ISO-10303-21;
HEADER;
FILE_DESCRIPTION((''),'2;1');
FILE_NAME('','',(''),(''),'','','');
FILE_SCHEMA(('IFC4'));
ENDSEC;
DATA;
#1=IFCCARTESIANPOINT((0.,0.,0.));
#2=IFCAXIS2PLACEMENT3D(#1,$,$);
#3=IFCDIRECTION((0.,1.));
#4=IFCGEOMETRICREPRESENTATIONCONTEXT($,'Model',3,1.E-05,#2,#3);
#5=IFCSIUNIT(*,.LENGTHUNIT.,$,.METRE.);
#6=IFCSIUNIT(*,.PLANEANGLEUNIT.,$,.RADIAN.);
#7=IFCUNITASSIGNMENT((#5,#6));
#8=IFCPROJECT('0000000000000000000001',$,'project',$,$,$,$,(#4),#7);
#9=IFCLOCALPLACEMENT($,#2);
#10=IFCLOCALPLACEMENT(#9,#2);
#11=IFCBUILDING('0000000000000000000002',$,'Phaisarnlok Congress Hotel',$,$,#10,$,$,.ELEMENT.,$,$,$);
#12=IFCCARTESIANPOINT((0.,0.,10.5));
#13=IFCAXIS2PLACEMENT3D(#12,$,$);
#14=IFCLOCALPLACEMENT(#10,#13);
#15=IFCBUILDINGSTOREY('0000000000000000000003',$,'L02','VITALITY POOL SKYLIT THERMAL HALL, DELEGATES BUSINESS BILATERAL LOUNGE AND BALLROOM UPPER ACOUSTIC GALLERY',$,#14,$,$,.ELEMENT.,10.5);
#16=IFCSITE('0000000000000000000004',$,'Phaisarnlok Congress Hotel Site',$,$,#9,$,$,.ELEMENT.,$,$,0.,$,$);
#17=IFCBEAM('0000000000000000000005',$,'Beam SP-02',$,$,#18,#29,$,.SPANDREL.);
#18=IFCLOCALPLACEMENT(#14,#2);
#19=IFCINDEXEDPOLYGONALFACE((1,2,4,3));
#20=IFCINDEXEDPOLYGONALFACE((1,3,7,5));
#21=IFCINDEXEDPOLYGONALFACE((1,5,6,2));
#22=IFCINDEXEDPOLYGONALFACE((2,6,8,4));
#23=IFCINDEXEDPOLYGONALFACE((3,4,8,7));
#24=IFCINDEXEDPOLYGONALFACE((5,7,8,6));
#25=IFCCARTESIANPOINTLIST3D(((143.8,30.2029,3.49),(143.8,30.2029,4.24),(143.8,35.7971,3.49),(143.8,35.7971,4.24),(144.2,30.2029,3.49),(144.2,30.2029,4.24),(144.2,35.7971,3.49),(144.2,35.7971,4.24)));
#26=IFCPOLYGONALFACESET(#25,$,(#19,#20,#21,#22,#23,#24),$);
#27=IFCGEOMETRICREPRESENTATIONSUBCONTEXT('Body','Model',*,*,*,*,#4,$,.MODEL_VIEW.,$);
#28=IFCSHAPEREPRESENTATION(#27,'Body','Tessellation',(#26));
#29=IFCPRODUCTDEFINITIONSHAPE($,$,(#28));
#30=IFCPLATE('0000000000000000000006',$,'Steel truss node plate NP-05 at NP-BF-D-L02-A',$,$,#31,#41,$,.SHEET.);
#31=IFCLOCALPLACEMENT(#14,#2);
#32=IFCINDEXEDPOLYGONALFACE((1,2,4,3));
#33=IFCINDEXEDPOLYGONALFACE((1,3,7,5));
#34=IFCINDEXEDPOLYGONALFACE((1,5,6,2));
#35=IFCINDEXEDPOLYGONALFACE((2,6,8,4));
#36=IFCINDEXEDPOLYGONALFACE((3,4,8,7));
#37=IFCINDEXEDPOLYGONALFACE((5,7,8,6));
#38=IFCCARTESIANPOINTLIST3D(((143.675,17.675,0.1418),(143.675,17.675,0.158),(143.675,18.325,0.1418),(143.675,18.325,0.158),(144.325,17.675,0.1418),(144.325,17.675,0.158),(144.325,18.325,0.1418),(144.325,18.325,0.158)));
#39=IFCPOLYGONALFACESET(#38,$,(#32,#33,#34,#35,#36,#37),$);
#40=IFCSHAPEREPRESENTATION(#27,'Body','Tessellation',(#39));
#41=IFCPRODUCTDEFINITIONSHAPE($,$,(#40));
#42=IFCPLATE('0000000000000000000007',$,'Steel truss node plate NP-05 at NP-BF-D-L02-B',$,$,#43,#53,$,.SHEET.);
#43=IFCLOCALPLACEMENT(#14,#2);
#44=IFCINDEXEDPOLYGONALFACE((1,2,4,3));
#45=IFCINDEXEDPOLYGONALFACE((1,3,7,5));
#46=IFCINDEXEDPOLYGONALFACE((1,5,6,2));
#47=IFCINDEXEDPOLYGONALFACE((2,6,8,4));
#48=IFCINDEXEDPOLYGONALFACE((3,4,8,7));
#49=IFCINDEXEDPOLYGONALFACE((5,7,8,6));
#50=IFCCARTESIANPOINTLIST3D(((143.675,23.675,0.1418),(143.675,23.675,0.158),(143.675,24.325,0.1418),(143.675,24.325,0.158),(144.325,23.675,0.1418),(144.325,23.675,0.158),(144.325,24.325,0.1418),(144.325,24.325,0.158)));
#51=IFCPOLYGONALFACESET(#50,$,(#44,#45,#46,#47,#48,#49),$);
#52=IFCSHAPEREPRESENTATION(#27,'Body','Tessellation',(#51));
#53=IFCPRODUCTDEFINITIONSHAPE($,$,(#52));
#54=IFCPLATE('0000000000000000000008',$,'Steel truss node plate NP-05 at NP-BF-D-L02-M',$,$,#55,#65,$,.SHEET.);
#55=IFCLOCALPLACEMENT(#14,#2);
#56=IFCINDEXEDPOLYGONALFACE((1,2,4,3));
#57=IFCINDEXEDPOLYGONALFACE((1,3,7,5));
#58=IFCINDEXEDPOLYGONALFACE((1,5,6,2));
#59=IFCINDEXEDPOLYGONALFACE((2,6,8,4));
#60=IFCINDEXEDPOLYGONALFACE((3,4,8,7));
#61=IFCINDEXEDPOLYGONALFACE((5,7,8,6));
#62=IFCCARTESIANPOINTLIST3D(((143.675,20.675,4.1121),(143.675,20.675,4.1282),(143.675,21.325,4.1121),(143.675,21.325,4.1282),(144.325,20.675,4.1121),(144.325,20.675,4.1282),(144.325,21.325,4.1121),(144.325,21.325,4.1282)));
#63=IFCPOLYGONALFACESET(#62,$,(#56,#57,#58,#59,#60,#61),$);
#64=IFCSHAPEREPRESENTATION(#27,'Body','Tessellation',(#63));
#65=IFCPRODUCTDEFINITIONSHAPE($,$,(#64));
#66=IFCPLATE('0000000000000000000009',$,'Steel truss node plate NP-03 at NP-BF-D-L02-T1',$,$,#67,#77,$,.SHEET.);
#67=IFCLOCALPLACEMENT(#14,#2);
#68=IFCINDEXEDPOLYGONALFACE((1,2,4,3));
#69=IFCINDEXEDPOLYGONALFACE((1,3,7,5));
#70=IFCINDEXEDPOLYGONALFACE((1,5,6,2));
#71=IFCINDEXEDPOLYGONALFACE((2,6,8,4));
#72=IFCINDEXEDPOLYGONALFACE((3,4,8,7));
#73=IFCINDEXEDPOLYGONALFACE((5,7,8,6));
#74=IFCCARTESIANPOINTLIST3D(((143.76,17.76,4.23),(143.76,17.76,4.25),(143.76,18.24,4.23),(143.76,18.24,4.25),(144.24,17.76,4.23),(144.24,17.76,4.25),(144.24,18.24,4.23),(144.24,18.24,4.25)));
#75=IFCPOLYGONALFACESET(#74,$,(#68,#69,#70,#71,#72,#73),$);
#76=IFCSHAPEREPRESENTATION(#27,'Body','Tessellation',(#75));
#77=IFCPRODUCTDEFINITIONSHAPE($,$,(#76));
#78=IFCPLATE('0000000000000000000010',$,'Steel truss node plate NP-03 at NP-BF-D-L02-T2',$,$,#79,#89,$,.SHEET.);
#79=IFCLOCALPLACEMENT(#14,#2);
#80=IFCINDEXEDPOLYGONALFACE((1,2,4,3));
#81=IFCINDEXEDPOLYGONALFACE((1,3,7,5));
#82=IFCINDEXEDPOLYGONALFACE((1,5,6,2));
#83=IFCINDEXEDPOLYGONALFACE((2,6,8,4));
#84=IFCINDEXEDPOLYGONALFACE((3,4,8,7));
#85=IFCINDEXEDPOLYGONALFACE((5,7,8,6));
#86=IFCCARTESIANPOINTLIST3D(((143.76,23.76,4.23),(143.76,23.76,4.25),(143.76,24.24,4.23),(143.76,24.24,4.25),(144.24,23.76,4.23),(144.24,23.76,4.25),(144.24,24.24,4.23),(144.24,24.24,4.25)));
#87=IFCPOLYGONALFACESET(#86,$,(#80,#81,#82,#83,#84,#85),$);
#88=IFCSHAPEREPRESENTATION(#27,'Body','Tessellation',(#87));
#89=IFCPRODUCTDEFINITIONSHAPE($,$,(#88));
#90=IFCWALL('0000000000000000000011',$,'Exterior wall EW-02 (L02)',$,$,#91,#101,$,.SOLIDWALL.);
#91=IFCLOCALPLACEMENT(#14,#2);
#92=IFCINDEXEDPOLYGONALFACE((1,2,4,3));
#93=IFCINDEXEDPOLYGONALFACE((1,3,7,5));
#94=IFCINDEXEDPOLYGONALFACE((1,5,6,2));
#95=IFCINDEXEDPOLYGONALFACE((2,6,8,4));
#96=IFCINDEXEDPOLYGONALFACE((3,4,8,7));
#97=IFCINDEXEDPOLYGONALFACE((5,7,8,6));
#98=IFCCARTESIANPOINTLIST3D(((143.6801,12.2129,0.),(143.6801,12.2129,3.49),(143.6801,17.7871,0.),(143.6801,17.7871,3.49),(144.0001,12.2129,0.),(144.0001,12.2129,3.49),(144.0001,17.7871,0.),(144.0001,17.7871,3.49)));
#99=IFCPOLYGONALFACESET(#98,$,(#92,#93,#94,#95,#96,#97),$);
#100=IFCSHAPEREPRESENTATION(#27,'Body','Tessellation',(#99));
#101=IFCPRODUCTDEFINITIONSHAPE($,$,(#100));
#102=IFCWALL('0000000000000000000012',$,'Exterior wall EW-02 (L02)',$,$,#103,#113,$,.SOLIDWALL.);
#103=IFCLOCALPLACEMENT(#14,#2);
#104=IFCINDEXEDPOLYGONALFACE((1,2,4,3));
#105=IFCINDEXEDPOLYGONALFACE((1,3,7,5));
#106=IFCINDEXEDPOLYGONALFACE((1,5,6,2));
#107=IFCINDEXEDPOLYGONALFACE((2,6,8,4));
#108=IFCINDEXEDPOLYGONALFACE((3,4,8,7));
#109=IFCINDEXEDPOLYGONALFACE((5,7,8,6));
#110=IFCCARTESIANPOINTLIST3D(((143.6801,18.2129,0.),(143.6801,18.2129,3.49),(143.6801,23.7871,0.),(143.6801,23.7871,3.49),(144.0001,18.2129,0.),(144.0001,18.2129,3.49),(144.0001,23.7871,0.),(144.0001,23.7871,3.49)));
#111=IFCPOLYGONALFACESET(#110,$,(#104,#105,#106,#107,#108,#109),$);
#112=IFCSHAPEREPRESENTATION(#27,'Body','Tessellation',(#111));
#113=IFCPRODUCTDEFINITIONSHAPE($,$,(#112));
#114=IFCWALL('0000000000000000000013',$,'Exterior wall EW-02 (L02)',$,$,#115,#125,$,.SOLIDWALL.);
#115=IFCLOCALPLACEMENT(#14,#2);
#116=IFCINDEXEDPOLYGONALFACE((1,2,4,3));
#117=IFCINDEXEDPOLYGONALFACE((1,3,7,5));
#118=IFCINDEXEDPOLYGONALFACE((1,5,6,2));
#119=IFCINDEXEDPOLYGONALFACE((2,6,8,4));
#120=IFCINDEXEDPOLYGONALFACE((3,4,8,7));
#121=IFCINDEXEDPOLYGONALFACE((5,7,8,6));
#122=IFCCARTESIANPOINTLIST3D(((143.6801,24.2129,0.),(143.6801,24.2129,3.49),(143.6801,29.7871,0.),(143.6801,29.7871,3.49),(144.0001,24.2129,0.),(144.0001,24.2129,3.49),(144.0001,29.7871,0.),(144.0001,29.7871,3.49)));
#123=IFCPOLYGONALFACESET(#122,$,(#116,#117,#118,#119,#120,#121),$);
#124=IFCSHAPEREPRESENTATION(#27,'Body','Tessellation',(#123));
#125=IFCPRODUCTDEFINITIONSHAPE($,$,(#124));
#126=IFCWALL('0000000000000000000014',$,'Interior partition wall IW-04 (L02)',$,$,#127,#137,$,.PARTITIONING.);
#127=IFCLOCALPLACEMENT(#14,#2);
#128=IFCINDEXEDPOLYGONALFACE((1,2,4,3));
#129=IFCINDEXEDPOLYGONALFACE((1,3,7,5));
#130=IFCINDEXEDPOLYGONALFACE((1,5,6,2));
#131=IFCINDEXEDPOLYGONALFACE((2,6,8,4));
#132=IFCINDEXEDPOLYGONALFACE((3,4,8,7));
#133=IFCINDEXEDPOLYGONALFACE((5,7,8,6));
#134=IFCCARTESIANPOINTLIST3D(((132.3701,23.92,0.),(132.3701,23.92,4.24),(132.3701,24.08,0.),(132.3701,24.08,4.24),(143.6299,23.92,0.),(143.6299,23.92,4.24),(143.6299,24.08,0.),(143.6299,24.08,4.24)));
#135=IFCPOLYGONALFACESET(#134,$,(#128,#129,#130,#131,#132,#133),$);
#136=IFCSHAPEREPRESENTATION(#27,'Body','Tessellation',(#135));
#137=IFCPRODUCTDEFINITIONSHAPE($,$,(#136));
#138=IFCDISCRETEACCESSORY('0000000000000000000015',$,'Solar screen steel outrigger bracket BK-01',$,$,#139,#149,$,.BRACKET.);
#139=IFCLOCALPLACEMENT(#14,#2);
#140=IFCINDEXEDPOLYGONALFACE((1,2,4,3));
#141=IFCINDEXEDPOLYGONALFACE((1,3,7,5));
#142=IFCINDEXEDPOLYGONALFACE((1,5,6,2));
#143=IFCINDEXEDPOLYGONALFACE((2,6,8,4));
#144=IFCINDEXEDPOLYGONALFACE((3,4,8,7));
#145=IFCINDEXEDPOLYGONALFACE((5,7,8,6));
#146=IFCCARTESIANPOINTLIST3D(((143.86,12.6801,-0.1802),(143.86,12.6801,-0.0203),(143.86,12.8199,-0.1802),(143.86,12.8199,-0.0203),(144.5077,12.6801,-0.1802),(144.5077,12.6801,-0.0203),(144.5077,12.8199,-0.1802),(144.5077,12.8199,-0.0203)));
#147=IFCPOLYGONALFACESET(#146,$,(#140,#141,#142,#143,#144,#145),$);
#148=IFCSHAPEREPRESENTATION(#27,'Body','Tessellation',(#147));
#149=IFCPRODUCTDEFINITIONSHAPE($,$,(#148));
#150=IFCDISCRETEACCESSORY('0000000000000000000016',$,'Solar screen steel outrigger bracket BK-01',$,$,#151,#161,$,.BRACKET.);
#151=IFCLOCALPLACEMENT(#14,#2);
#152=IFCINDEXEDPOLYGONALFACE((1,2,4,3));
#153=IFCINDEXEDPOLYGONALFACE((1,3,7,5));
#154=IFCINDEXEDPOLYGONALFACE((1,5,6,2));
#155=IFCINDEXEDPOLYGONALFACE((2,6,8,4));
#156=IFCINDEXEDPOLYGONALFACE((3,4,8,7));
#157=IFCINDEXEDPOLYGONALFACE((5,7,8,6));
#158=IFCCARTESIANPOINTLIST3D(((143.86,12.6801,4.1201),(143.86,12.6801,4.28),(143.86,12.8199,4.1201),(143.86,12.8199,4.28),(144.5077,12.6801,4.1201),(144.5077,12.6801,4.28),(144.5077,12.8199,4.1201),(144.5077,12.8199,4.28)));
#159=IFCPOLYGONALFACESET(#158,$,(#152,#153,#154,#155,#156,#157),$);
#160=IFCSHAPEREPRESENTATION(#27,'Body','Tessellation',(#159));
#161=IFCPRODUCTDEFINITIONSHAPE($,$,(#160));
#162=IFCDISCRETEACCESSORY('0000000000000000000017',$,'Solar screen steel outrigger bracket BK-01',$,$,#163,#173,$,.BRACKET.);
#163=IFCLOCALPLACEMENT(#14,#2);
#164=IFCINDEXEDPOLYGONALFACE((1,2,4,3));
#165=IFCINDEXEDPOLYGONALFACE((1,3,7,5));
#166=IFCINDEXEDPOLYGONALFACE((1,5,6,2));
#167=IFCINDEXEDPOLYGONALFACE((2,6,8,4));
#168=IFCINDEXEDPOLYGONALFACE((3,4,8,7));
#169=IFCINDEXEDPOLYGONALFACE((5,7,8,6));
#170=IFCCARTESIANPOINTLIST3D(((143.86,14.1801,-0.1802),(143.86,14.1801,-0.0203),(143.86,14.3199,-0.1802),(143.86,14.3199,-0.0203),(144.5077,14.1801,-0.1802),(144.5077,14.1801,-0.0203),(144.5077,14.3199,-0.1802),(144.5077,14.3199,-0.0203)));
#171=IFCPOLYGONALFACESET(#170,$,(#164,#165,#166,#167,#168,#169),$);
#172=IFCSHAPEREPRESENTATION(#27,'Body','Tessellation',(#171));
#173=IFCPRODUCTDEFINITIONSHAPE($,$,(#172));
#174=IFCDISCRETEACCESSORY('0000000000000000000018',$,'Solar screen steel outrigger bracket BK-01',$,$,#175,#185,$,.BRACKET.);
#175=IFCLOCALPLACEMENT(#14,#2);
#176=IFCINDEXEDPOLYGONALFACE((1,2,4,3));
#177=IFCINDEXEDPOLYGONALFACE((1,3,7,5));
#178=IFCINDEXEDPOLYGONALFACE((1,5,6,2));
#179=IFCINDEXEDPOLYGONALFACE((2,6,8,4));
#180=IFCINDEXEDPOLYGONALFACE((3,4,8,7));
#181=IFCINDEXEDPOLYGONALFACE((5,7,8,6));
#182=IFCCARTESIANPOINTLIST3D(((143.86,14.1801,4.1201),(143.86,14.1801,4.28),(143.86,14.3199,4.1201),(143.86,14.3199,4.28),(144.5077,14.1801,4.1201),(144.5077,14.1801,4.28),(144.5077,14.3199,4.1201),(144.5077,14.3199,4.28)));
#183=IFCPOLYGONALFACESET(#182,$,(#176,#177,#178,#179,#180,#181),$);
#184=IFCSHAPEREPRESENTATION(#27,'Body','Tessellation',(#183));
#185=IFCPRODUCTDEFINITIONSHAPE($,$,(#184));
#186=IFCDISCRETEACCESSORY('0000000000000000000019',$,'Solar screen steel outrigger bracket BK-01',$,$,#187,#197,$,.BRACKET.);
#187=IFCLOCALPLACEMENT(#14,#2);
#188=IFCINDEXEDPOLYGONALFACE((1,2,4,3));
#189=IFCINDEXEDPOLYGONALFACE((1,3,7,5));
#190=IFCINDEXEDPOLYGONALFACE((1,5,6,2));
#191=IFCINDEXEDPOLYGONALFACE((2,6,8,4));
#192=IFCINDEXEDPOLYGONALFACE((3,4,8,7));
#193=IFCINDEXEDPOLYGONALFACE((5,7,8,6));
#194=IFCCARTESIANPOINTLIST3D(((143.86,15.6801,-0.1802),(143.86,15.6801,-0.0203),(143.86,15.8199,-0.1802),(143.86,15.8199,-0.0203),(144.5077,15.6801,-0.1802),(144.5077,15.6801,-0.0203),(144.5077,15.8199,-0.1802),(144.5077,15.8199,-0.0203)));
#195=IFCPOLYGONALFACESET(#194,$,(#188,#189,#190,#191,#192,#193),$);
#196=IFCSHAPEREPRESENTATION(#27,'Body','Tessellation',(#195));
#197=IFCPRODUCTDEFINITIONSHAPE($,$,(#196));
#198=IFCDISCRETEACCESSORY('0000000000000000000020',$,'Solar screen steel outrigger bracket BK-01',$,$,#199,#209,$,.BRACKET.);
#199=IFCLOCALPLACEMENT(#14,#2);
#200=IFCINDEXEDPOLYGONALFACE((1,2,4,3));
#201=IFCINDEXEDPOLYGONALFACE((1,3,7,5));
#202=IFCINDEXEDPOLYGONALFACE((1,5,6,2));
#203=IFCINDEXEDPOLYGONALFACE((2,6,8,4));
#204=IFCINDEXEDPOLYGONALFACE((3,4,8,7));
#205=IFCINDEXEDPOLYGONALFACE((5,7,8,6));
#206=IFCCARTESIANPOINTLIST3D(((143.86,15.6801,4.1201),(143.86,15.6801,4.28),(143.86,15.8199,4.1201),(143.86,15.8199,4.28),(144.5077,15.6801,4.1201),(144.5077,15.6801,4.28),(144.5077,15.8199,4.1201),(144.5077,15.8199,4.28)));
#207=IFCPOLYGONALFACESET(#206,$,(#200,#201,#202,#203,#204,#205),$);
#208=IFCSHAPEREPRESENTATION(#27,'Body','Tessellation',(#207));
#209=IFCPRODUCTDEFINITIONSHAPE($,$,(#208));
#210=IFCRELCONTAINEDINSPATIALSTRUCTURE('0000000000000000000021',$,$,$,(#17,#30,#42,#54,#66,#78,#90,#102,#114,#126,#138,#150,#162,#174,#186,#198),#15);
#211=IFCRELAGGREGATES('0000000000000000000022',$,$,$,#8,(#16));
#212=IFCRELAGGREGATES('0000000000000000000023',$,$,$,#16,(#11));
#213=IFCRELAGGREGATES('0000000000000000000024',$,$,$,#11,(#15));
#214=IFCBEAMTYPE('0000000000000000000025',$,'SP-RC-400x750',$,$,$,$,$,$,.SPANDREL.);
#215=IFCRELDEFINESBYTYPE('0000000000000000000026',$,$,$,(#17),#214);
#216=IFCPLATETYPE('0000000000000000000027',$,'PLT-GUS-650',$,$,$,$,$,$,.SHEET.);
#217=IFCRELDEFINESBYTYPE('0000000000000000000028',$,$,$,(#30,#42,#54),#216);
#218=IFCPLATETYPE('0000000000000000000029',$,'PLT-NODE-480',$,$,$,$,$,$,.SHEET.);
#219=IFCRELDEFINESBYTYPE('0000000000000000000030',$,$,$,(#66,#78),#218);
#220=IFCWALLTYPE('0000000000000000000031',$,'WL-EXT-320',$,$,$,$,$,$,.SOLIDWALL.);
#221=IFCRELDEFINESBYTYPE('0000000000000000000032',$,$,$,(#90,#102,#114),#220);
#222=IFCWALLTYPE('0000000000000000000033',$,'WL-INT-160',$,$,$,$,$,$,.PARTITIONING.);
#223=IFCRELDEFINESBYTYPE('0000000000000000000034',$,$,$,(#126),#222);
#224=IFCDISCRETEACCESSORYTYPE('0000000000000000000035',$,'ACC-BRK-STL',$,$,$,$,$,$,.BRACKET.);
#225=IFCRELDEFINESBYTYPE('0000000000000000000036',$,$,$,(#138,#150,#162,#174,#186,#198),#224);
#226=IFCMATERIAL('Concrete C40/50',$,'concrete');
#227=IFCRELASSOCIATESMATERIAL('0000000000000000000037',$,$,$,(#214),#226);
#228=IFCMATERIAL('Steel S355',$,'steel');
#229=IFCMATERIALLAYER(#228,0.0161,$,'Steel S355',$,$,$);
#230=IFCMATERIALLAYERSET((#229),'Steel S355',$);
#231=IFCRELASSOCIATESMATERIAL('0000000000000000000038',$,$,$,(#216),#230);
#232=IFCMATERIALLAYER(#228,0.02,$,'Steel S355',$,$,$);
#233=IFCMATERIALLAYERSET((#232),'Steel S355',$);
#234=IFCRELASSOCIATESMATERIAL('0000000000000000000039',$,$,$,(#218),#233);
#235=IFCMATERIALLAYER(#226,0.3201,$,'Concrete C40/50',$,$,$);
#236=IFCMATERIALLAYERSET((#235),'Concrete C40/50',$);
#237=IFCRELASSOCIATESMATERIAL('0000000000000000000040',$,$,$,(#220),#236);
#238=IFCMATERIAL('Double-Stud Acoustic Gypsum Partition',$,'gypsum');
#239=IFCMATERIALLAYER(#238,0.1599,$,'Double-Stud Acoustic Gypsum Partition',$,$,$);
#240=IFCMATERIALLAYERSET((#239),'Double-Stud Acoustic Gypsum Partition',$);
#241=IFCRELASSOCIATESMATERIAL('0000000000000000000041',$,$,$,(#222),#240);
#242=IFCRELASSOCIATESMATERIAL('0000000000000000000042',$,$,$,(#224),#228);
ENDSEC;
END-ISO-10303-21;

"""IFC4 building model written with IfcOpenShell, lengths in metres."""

from ifc_helpers import new_model, si_unit, direction, frame, frame_2d, origin, origin_2d, place, context, subcontext, project, spatial, rectangle, extrude, material, layer, layer_set, material_profile, profile_set, type_object, element, save


model = new_model("IFC4")

# Units and contexts
model_context = context("Model", 3, precision=1e-05, world=origin(), true_north=direction((0.0, 1.0)))
body_context = subcontext(model_context, "Body", "Model", "MODEL_VIEW")
ifc_project = project(units=[si_unit("LENGTHUNIT", "METRE"), si_unit("PLANEANGLEUNIT", "RADIAN")], contexts=[model_context])

# Site, building, storey
site_placement = place(None, origin())
site = spatial("IfcSite", under=ifc_project, at=site_placement, Name="Phaisarnlok Congress Hotel Site", CompositionType="ELEMENT", RefElevation=0.0)
building_placement = place(site_placement, origin())
building = spatial("IfcBuilding", under=site, at=building_placement, Name="Phaisarnlok Congress Hotel", CompositionType="ELEMENT")
storey_placement = place(building_placement, frame((0.0, 0.0, 10.5)))
storey = spatial("IfcBuildingStorey", under=building, at=storey_placement, Name="L02", Description="VITALITY POOL SKYLIT THERMAL HALL, DELEGATES BUSINESS BILATERAL LOUNGE AND BALLROOM UPPER ACOUSTIC GALLERY", CompositionType="ELEMENT", Elevation=10.5)

# Shared definitions
ifc_material_1 = material(Name="Steel S355", Category="steel")

# Beam
ifc_material_2 = material(Name="Concrete C40/50", Category="concrete")
ifc_material_profile_1 = material_profile(ifc_material_2, rectangle(XDim=0.3999, YDim=0.75, at=origin_2d()), Name="RC 400x750")
ifc_profile_set_1 = profile_set([ifc_material_profile_1], Name="Concrete C40/50")
beam_type = type_object("IfcBeamType", Name="SP-RC-400x750", PredefinedType="SPANDREL", material=ifc_profile_set_1)
for number, where, z_axis, x_axis, name in (
    (1, (144.0, 30.2029, 3.865), (0.0, 1.0, 0.0), (-1.0, 0.0, 0.0), "Beam SP-02"),
):
    element("IfcBeam", number, at=place(storey_placement, frame(where, z_axis=z_axis, x_axis=x_axis)), inside=storey, type_object=beam_type, Name=name, PredefinedType="SPANDREL", context=body_context, shape_type="SweptSolid", body=[
        extrude(rectangle(XDim=0.3999, YDim=0.75, at=origin_2d()), origin(), (0.0, 0.0, 1.0), 5.5942),
    ])

# Plates
ifc_layer_1 = layer(ifc_material_1, 0.0161, Name="Steel S355")
ifc_layer_set_1 = layer_set([ifc_layer_1], Name="Steel S355")
plate_type_1 = type_object("IfcPlateType", Name="PLT-GUS-650", PredefinedType="SHEET", material=ifc_layer_set_1)
for number, where, z_axis, x_axis, name in (
    (2, (144.0, 18.0, 0.1418), (0.0, 0.0, 1.0), (1.0, 0.0, 0.0), "Steel truss node plate NP-05 at NP-BF-D-L02-A"),
    (3, (144.0, 24.0, 0.1418), (0.0, 0.0, 1.0), (1.0, 0.0, 0.0), "Steel truss node plate NP-05 at NP-BF-D-L02-B"),
    (4, (144.0, 21.0, 4.1121), (0.0, 0.0, 1.0), (1.0, 0.0, 0.0), "Steel truss node plate NP-05 at NP-BF-D-L02-M"),
):
    element("IfcPlate", number, at=place(storey_placement, frame(where, z_axis=z_axis, x_axis=x_axis)), inside=storey, type_object=plate_type_1, Name=name, PredefinedType="SHEET", context=body_context, shape_type="SweptSolid", body=[
        extrude(rectangle(XDim=0.6499, YDim=0.6499, at=origin_2d()), origin(), (0.0, 0.0, 1.0), 0.0161),
    ])
ifc_layer_2 = layer(ifc_material_1, 0.02, Name="Steel S355")
ifc_layer_set_2 = layer_set([ifc_layer_2], Name="Steel S355")
plate_type_2 = type_object("IfcPlateType", Name="PLT-NODE-480", PredefinedType="SHEET", material=ifc_layer_set_2)
for number, where, z_axis, x_axis, name in (
    (5, (144.0, 18.0, 4.23), (0.0, 0.0, 1.0), (1.0, 0.0, 0.0), "Steel truss node plate NP-03 at NP-BF-D-L02-T1"),
    (6, (144.0, 24.0, 4.23), (0.0, 0.0, 1.0), (1.0, 0.0, 0.0), "Steel truss node plate NP-03 at NP-BF-D-L02-T2"),
):
    element("IfcPlate", number, at=place(storey_placement, frame(where, z_axis=z_axis, x_axis=x_axis)), inside=storey, type_object=plate_type_2, Name=name, PredefinedType="SHEET", context=body_context, shape_type="SweptSolid", body=[
        extrude(rectangle(XDim=0.48, YDim=0.48, at=origin_2d()), origin(), (0.0, 0.0, 1.0), 0.02),
    ])

# Walls
ifc_layer_3 = layer(ifc_material_2, 0.3201, Name="Concrete C40/50")
ifc_layer_set_3 = layer_set([ifc_layer_3], Name="Concrete C40/50")
wall_type_1 = type_object("IfcWallType", Name="WL-EXT-320", PredefinedType="SOLIDWALL", material=ifc_layer_set_3)
for number, where, z_axis, x_axis, name in (
    (7, (143.8401, 12.2129, 0.0), (0.0, 0.0, 1.0), (0.0, 1.0, 0.0), "Exterior wall EW-02 (L02)"),
    (8, (143.8401, 18.2129, 0.0), (0.0, 0.0, 1.0), (0.0, 1.0, 0.0), "Exterior wall EW-02 (L02)"),
    (9, (143.8401, 24.2129, 0.0), (0.0, 0.0, 1.0), (0.0, 1.0, 0.0), "Exterior wall EW-02 (L02)"),
):
    element("IfcWall", number, at=place(storey_placement, frame(where, z_axis=z_axis, x_axis=x_axis)), inside=storey, type_object=wall_type_1, Name=name, PredefinedType="SOLIDWALL", context=body_context, shape_type="SweptSolid", body=[
        extrude(rectangle(XDim=5.5742, YDim=0.3201, at=frame_2d((2.7871, 0.0))), origin(), (0.0, 0.0, 1.0), 3.49),
    ])
ifc_material_3 = material(Name="Double-Stud Acoustic Gypsum Partition", Category="gypsum")
ifc_layer_4 = layer(ifc_material_3, 0.1599, Name="Double-Stud Acoustic Gypsum Partition")
ifc_layer_set_4 = layer_set([ifc_layer_4], Name="Double-Stud Acoustic Gypsum Partition")
wall_type_2 = type_object("IfcWallType", Name="WL-INT-160", PredefinedType="PARTITIONING", material=ifc_layer_set_4)
wall_placement = place(storey_placement, frame((132.3701, 24.0, 0.0), z_axis=(0.0, 0.0, 1.0), x_axis=(1.0, 0.0, 0.0)))
element("IfcWall", 10, at=wall_placement, inside=storey, type_object=wall_type_2, Name="Interior partition wall IW-04 (L02)", PredefinedType="PARTITIONING", context=body_context, shape_type="SweptSolid", body=[
    extrude(rectangle(XDim=11.2598, YDim=0.1599, at=frame_2d((5.6299, 0.0))), origin(), (0.0, 0.0, 1.0), 4.24),
])

# Discrete accessories
discrete_accessory_type = type_object("IfcDiscreteAccessoryType", Name="ACC-BRK-STL", PredefinedType="BRACKET", material=ifc_material_1)
for number, where, z_axis, x_axis, name in (
    (11, (144.1838, 12.75, -0.1802), (0.0, 0.0, 1.0), (1.0, 0.0, 0.0), "Solar screen steel outrigger bracket BK-01"),
    (12, (144.1838, 12.75, 4.1201), (0.0, 0.0, 1.0), (1.0, 0.0, 0.0), "Solar screen steel outrigger bracket BK-01"),
    (13, (144.1838, 14.25, -0.1802), (0.0, 0.0, 1.0), (1.0, 0.0, 0.0), "Solar screen steel outrigger bracket BK-01"),
    (14, (144.1838, 14.25, 4.1201), (0.0, 0.0, 1.0), (1.0, 0.0, 0.0), "Solar screen steel outrigger bracket BK-01"),
    (15, (144.1838, 15.75, -0.1802), (0.0, 0.0, 1.0), (1.0, 0.0, 0.0), "Solar screen steel outrigger bracket BK-01"),
    (16, (144.1838, 15.75, 4.1201), (0.0, 0.0, 1.0), (1.0, 0.0, 0.0), "Solar screen steel outrigger bracket BK-01"),
):
    element("IfcDiscreteAccessory", number, at=place(storey_placement, frame(where, z_axis=z_axis, x_axis=x_axis)), inside=storey, type_object=discrete_accessory_type, Name=name, PredefinedType="BRACKET", context=body_context, shape_type="SweptSolid", body=[
        extrude(rectangle(XDim=0.6477, YDim=0.1399, at=origin_2d()), origin(), (0.0, 0.0, 1.0), 0.1599),
    ])

save(model, "model.ifc")
